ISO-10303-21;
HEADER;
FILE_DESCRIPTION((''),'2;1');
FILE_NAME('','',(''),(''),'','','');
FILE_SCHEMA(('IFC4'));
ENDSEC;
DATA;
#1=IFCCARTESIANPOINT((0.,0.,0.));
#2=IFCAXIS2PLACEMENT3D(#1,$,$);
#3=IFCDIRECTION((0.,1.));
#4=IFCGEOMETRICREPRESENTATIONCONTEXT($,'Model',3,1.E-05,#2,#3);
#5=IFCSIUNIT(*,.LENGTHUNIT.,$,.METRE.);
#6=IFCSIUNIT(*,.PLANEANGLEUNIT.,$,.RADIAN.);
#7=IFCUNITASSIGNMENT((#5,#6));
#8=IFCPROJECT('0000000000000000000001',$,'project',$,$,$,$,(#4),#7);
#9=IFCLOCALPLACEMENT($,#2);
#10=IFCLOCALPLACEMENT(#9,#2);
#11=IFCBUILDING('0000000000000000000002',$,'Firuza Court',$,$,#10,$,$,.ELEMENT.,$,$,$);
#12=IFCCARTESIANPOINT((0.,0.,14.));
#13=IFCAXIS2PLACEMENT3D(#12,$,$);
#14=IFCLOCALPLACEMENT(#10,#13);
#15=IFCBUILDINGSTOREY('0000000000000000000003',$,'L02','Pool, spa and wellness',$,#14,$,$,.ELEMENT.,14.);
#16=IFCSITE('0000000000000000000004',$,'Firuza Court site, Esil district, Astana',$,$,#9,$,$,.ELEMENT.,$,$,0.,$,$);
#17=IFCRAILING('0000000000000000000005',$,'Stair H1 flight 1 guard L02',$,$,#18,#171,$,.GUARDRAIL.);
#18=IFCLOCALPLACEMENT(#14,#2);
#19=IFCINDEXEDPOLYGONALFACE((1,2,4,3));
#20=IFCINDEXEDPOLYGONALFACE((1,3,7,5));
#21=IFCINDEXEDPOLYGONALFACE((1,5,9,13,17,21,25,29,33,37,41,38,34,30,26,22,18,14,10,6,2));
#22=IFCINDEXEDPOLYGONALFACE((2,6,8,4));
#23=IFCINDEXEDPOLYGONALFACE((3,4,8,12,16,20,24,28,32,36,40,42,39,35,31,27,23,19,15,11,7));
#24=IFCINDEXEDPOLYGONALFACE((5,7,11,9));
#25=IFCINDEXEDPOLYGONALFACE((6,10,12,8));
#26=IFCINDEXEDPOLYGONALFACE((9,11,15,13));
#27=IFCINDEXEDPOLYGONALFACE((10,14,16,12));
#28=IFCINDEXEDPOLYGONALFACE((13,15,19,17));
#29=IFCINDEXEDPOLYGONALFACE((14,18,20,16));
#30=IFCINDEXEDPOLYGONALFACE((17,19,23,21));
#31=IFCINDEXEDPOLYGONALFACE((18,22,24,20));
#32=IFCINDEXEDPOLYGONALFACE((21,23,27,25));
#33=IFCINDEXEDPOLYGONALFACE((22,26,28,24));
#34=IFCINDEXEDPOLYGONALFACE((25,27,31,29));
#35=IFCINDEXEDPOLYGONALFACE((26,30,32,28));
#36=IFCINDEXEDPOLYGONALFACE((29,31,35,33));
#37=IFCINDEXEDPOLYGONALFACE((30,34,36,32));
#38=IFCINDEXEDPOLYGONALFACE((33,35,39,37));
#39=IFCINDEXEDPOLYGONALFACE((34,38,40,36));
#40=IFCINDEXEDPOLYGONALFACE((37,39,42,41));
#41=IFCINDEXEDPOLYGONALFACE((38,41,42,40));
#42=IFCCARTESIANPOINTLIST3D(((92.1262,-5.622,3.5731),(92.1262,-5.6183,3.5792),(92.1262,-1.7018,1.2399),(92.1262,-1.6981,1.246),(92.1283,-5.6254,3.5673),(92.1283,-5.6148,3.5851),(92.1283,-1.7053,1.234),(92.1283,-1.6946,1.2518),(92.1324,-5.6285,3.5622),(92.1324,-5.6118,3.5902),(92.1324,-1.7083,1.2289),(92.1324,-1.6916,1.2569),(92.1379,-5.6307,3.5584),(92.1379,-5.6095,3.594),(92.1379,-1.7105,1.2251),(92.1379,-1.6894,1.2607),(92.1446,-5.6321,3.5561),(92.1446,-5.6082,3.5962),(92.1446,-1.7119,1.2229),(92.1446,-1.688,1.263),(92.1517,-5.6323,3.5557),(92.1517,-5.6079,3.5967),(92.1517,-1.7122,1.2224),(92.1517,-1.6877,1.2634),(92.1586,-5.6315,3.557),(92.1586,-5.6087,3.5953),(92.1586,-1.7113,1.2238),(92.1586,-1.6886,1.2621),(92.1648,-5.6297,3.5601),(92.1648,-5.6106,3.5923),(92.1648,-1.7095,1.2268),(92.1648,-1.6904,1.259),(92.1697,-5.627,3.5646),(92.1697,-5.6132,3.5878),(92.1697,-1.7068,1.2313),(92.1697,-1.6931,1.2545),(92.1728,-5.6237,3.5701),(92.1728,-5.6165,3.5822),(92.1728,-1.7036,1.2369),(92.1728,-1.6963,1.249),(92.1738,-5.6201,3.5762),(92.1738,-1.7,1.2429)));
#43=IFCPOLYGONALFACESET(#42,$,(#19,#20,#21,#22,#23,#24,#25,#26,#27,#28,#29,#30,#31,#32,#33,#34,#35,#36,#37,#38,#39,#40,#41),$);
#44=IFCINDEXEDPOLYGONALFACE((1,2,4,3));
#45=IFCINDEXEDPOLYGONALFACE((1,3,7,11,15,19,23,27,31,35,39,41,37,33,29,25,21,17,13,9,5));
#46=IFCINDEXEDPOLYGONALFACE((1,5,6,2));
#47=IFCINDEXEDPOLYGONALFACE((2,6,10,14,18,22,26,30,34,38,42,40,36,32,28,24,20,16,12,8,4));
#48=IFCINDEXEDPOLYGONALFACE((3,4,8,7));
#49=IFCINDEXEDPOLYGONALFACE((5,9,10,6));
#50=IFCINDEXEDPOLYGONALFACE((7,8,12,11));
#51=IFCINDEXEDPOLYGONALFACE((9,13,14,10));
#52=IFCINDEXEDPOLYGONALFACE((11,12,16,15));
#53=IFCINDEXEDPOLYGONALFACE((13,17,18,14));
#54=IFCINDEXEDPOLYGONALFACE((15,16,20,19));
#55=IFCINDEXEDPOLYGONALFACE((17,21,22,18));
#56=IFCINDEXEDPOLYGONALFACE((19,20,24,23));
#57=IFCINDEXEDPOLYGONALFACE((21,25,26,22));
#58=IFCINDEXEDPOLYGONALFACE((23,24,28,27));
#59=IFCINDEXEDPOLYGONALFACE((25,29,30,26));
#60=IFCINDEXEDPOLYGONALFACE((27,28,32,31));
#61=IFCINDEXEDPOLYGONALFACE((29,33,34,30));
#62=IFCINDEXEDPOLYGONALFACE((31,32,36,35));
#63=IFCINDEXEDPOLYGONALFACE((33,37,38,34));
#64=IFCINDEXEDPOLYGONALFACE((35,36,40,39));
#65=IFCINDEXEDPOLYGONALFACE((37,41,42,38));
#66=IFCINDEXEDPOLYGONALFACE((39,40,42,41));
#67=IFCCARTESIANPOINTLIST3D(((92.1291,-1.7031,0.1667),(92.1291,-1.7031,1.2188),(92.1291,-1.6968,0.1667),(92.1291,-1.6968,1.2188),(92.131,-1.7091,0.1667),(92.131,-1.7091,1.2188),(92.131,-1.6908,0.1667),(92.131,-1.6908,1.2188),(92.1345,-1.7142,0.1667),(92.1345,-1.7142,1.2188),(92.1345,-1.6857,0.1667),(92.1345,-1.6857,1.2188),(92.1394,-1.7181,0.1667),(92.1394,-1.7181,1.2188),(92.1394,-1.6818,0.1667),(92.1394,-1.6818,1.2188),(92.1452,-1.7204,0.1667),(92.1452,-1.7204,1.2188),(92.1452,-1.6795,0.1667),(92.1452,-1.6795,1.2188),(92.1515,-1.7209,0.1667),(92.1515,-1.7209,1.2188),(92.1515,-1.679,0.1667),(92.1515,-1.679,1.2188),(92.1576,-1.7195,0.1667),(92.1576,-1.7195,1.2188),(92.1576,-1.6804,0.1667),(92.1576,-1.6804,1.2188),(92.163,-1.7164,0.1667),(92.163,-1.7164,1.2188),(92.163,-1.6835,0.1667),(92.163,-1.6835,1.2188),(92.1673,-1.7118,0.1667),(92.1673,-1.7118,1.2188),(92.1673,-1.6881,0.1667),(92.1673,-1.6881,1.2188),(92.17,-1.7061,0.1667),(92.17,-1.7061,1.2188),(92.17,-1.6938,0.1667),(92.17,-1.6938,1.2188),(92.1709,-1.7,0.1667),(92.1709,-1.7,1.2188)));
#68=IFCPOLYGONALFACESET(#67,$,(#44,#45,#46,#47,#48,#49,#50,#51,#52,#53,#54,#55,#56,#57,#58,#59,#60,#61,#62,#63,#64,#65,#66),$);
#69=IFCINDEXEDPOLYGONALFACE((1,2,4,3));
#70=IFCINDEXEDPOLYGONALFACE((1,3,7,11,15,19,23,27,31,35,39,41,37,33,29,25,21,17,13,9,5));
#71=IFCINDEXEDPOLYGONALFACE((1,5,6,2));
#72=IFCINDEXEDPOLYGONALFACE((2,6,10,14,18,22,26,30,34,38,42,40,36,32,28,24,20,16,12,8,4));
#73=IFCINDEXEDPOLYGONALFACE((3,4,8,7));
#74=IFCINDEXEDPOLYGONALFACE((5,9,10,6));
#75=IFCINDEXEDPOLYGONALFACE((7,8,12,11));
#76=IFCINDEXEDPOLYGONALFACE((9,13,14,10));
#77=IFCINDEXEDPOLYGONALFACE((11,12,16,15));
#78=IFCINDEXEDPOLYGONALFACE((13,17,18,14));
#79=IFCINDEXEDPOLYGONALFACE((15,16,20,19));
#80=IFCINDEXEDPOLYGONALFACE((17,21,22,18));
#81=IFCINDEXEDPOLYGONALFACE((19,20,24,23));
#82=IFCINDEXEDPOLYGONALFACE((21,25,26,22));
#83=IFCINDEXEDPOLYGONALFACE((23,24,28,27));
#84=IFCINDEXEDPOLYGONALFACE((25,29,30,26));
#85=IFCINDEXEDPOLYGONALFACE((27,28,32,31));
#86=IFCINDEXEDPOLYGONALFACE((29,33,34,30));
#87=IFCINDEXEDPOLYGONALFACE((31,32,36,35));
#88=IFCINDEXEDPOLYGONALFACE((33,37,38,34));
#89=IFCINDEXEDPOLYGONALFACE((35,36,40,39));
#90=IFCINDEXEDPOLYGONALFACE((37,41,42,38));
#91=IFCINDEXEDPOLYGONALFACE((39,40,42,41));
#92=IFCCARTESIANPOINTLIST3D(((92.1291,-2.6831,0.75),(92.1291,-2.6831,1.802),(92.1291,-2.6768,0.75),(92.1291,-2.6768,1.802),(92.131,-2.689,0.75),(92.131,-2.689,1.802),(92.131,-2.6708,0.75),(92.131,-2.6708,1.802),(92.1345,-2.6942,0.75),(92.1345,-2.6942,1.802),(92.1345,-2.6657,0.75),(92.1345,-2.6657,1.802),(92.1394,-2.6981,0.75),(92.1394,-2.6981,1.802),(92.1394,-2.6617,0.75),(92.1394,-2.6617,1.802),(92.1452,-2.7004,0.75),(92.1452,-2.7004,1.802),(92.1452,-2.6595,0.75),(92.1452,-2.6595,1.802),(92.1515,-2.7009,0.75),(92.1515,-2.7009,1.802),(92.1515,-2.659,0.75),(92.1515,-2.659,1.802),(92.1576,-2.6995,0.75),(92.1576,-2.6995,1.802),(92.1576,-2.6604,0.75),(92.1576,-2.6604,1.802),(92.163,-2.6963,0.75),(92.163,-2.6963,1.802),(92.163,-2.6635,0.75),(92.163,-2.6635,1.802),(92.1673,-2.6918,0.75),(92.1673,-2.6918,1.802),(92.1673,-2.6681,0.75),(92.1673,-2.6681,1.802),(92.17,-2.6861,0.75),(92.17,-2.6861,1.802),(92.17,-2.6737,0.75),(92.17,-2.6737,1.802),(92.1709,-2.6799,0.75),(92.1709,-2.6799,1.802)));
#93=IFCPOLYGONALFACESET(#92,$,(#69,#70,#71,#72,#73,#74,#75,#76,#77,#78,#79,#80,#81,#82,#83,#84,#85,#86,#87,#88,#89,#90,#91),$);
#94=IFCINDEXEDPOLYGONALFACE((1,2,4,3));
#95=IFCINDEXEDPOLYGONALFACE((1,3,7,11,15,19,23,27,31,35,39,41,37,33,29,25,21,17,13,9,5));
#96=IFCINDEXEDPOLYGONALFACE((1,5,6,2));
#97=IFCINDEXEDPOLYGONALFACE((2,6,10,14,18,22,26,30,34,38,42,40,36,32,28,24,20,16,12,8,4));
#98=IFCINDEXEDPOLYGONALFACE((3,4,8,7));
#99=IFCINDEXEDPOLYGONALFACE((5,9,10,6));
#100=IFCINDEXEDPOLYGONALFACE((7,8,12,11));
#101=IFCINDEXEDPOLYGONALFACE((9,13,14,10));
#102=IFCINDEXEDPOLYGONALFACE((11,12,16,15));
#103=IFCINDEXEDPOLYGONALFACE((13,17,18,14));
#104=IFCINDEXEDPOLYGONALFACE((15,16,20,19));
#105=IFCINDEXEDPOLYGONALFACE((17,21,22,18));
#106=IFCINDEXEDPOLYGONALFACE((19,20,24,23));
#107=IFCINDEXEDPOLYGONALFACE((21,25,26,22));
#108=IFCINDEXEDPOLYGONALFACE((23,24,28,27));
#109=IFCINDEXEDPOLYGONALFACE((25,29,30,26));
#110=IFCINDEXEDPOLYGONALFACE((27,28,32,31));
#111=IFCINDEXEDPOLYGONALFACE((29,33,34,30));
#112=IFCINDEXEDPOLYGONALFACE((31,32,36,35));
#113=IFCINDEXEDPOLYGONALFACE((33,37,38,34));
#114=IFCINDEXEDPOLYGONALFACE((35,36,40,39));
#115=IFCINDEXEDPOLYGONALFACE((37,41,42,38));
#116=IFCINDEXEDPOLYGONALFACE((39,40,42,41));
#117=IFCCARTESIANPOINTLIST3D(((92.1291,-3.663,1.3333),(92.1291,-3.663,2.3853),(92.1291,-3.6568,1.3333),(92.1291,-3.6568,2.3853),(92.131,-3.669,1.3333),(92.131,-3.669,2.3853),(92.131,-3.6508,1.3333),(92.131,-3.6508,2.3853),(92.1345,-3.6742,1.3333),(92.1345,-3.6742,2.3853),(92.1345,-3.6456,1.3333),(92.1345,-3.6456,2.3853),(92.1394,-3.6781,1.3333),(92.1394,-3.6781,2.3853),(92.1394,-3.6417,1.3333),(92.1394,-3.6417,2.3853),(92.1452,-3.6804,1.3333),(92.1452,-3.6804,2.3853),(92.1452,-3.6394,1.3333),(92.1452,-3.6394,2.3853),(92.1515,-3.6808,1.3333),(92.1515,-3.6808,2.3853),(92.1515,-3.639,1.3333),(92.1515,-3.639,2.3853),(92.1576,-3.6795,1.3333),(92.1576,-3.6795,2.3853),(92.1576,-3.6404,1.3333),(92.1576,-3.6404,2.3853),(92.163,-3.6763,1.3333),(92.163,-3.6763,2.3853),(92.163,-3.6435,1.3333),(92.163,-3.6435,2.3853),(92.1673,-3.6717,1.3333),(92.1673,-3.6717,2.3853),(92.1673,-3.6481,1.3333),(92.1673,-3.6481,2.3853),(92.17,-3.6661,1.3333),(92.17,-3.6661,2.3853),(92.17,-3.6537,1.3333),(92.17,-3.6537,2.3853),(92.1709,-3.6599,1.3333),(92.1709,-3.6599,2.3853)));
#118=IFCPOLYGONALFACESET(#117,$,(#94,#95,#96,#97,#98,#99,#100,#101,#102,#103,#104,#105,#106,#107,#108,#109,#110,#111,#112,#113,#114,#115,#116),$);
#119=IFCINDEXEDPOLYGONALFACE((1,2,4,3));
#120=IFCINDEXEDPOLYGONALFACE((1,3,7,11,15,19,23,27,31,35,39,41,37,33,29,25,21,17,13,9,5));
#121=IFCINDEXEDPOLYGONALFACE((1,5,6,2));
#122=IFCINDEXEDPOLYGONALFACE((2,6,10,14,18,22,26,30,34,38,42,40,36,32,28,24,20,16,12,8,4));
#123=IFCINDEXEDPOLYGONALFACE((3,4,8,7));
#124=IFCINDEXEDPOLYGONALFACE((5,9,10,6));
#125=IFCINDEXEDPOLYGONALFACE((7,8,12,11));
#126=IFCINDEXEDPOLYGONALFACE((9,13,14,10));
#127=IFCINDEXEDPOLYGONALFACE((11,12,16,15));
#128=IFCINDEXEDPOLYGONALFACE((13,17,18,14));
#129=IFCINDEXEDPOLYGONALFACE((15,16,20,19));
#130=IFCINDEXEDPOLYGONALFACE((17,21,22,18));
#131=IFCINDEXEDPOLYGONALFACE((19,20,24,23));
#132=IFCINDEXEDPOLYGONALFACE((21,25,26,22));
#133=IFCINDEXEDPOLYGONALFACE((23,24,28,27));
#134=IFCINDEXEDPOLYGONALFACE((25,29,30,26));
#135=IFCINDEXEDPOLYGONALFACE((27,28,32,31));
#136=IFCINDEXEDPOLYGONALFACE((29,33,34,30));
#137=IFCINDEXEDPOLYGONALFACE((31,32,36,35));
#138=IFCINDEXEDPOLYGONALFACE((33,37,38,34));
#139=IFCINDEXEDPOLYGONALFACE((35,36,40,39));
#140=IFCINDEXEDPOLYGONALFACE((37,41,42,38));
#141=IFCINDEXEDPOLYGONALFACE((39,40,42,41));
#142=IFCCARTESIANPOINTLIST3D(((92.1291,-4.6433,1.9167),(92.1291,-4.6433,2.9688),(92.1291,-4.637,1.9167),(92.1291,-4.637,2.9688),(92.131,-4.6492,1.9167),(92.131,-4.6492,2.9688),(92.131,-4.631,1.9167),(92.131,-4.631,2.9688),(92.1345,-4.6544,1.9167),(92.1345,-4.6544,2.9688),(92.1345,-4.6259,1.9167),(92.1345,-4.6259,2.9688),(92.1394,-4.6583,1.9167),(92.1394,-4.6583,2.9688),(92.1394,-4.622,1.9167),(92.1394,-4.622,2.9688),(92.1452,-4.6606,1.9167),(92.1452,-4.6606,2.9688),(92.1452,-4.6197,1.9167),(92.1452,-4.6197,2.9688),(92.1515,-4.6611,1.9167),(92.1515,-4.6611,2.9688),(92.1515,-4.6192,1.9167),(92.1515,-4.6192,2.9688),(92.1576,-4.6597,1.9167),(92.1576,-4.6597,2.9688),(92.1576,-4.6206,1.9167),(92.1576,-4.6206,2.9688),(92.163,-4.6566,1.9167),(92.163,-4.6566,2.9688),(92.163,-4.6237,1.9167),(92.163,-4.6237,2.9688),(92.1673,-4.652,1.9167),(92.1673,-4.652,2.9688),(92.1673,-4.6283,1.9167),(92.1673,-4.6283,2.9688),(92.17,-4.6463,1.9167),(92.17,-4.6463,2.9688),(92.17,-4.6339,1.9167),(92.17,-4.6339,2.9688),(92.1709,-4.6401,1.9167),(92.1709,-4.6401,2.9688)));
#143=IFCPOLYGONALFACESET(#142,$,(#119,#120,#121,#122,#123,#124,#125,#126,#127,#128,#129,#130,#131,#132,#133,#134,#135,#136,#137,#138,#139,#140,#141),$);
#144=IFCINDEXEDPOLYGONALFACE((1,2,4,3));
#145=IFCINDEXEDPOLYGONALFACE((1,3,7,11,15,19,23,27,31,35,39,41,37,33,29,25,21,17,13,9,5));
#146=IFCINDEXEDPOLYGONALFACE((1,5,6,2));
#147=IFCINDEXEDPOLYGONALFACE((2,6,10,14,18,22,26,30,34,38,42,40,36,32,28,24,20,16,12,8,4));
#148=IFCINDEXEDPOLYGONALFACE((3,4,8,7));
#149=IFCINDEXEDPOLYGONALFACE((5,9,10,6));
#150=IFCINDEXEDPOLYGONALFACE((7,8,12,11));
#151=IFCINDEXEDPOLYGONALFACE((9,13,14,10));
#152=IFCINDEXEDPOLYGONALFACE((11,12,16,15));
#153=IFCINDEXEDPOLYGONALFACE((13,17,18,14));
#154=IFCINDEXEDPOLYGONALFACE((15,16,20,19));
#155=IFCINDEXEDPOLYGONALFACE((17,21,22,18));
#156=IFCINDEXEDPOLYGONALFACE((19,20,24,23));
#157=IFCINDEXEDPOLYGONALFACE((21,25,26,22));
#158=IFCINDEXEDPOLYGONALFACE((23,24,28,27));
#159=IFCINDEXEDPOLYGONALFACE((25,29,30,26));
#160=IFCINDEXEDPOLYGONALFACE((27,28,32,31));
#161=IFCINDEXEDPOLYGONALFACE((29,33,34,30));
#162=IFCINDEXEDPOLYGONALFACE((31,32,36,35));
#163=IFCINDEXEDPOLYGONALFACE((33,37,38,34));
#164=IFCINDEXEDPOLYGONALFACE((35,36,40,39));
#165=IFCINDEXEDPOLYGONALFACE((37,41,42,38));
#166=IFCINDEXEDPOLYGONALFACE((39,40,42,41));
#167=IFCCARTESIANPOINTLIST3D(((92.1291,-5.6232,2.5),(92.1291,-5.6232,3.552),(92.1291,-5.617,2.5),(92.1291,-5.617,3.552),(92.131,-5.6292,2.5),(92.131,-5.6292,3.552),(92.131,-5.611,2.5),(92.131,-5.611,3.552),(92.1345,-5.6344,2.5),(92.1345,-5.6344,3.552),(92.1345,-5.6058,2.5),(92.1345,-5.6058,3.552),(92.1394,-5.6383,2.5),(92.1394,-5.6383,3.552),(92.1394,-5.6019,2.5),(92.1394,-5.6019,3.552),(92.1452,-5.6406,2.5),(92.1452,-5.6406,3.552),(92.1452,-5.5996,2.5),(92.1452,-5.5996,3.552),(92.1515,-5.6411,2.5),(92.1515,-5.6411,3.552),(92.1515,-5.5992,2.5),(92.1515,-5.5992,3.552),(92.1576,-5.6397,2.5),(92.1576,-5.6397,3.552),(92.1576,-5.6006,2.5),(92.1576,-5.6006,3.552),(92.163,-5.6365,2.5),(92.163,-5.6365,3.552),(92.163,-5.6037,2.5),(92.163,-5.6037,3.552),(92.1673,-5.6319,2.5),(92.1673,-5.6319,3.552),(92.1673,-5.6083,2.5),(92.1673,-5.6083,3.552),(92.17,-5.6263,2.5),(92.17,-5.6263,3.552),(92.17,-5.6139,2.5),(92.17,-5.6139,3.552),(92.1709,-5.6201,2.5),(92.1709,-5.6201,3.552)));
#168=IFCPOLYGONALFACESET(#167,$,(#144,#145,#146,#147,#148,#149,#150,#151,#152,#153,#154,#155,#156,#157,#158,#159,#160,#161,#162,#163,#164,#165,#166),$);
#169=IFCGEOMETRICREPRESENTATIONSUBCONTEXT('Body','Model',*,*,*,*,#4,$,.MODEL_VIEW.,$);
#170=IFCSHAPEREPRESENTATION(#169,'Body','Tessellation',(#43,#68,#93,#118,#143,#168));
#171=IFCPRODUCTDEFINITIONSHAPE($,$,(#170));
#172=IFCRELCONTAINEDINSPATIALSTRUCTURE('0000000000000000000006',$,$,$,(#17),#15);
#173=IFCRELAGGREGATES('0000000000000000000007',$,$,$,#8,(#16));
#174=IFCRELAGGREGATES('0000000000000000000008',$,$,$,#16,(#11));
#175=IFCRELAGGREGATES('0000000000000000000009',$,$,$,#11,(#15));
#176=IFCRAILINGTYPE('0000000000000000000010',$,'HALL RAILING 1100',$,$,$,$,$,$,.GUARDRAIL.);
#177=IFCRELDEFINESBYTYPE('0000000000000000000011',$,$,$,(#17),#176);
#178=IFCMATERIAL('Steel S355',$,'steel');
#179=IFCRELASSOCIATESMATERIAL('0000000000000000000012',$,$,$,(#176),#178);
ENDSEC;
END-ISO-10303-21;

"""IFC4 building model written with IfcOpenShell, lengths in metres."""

from ifc_helpers import new_model, si_unit, direction, frame, origin, origin_2d, place, context, subcontext, project, spatial, circle, extrude, material, type_object, element, save


model = new_model("IFC4")

# Units and contexts
model_context = context("Model", 3, precision=1e-05, world=origin(), true_north=direction((0.0, 1.0)))
body_context = subcontext(model_context, "Body", "Model", "MODEL_VIEW")
ifc_project = project(units=[si_unit("LENGTHUNIT", "METRE"), si_unit("PLANEANGLEUNIT", "RADIAN")], contexts=[model_context])

# Site, building, storey
site_placement = place(None, origin())
site = spatial("IfcSite", under=ifc_project, at=site_placement, Name="Firuza Court site, Esil district, Astana", CompositionType="ELEMENT", RefElevation=0.0)
building_placement = place(site_placement, origin())
building = spatial("IfcBuilding", under=site, at=building_placement, Name="Firuza Court", CompositionType="ELEMENT")
storey_placement = place(building_placement, frame((0.0, 0.0, 14.0)))
storey = spatial("IfcBuildingStorey", under=building, at=storey_placement, Name="L02", Description="Pool, spa and wellness", CompositionType="ELEMENT", Elevation=14.0)

# Railing
ifc_material_1 = material(Name="Steel S355", Category="steel")
railing_type_1 = type_object("IfcRailingType", Name="HALL RAILING 1100", PredefinedType="GUARDRAIL", material=ifc_material_1)
railing_1_placement = place(storey_placement, frame((92.1499, -1.7, 0.1667)))
element("IfcRailing", 1, at=railing_1_placement, inside=storey, type_object=railing_type_1, Name="Stair H1 flight 1 guard L02", PredefinedType="GUARDRAIL", context=body_context, shape_type="SweptSolid", body=[
    extrude(circle(Radius=0.0239, at=origin_2d()), frame((0.0, 0.0, 1.0762), z_axis=(0.0, -0.85931, 0.511455), x_axis=(1.0, 0.0, 0.0)), (0.0, 0.0, 1.0), 4.562),
    extrude(circle(Radius=0.021, at=origin_2d()), origin(), (0.0, 0.0, 1.0), 1.052),
    extrude(circle(Radius=0.021, at=origin_2d()), frame((0.0, -0.98, 0.5833)), (0.0, 0.0, 1.0), 1.052),
    extrude(circle(Radius=0.021, at=origin_2d()), frame((0.0, -1.96, 1.1665)), (0.0, 0.0, 1.0), 1.052),
    extrude(circle(Radius=0.021, at=origin_2d()), frame((0.0, -2.9402, 1.75)), (0.0, 0.0, 1.0), 1.052),
    extrude(circle(Radius=0.021, at=origin_2d()), frame((0.0, -3.9202, 2.3333)), (0.0, 0.0, 1.0), 1.052),
])

save(model, "model.ifc")
